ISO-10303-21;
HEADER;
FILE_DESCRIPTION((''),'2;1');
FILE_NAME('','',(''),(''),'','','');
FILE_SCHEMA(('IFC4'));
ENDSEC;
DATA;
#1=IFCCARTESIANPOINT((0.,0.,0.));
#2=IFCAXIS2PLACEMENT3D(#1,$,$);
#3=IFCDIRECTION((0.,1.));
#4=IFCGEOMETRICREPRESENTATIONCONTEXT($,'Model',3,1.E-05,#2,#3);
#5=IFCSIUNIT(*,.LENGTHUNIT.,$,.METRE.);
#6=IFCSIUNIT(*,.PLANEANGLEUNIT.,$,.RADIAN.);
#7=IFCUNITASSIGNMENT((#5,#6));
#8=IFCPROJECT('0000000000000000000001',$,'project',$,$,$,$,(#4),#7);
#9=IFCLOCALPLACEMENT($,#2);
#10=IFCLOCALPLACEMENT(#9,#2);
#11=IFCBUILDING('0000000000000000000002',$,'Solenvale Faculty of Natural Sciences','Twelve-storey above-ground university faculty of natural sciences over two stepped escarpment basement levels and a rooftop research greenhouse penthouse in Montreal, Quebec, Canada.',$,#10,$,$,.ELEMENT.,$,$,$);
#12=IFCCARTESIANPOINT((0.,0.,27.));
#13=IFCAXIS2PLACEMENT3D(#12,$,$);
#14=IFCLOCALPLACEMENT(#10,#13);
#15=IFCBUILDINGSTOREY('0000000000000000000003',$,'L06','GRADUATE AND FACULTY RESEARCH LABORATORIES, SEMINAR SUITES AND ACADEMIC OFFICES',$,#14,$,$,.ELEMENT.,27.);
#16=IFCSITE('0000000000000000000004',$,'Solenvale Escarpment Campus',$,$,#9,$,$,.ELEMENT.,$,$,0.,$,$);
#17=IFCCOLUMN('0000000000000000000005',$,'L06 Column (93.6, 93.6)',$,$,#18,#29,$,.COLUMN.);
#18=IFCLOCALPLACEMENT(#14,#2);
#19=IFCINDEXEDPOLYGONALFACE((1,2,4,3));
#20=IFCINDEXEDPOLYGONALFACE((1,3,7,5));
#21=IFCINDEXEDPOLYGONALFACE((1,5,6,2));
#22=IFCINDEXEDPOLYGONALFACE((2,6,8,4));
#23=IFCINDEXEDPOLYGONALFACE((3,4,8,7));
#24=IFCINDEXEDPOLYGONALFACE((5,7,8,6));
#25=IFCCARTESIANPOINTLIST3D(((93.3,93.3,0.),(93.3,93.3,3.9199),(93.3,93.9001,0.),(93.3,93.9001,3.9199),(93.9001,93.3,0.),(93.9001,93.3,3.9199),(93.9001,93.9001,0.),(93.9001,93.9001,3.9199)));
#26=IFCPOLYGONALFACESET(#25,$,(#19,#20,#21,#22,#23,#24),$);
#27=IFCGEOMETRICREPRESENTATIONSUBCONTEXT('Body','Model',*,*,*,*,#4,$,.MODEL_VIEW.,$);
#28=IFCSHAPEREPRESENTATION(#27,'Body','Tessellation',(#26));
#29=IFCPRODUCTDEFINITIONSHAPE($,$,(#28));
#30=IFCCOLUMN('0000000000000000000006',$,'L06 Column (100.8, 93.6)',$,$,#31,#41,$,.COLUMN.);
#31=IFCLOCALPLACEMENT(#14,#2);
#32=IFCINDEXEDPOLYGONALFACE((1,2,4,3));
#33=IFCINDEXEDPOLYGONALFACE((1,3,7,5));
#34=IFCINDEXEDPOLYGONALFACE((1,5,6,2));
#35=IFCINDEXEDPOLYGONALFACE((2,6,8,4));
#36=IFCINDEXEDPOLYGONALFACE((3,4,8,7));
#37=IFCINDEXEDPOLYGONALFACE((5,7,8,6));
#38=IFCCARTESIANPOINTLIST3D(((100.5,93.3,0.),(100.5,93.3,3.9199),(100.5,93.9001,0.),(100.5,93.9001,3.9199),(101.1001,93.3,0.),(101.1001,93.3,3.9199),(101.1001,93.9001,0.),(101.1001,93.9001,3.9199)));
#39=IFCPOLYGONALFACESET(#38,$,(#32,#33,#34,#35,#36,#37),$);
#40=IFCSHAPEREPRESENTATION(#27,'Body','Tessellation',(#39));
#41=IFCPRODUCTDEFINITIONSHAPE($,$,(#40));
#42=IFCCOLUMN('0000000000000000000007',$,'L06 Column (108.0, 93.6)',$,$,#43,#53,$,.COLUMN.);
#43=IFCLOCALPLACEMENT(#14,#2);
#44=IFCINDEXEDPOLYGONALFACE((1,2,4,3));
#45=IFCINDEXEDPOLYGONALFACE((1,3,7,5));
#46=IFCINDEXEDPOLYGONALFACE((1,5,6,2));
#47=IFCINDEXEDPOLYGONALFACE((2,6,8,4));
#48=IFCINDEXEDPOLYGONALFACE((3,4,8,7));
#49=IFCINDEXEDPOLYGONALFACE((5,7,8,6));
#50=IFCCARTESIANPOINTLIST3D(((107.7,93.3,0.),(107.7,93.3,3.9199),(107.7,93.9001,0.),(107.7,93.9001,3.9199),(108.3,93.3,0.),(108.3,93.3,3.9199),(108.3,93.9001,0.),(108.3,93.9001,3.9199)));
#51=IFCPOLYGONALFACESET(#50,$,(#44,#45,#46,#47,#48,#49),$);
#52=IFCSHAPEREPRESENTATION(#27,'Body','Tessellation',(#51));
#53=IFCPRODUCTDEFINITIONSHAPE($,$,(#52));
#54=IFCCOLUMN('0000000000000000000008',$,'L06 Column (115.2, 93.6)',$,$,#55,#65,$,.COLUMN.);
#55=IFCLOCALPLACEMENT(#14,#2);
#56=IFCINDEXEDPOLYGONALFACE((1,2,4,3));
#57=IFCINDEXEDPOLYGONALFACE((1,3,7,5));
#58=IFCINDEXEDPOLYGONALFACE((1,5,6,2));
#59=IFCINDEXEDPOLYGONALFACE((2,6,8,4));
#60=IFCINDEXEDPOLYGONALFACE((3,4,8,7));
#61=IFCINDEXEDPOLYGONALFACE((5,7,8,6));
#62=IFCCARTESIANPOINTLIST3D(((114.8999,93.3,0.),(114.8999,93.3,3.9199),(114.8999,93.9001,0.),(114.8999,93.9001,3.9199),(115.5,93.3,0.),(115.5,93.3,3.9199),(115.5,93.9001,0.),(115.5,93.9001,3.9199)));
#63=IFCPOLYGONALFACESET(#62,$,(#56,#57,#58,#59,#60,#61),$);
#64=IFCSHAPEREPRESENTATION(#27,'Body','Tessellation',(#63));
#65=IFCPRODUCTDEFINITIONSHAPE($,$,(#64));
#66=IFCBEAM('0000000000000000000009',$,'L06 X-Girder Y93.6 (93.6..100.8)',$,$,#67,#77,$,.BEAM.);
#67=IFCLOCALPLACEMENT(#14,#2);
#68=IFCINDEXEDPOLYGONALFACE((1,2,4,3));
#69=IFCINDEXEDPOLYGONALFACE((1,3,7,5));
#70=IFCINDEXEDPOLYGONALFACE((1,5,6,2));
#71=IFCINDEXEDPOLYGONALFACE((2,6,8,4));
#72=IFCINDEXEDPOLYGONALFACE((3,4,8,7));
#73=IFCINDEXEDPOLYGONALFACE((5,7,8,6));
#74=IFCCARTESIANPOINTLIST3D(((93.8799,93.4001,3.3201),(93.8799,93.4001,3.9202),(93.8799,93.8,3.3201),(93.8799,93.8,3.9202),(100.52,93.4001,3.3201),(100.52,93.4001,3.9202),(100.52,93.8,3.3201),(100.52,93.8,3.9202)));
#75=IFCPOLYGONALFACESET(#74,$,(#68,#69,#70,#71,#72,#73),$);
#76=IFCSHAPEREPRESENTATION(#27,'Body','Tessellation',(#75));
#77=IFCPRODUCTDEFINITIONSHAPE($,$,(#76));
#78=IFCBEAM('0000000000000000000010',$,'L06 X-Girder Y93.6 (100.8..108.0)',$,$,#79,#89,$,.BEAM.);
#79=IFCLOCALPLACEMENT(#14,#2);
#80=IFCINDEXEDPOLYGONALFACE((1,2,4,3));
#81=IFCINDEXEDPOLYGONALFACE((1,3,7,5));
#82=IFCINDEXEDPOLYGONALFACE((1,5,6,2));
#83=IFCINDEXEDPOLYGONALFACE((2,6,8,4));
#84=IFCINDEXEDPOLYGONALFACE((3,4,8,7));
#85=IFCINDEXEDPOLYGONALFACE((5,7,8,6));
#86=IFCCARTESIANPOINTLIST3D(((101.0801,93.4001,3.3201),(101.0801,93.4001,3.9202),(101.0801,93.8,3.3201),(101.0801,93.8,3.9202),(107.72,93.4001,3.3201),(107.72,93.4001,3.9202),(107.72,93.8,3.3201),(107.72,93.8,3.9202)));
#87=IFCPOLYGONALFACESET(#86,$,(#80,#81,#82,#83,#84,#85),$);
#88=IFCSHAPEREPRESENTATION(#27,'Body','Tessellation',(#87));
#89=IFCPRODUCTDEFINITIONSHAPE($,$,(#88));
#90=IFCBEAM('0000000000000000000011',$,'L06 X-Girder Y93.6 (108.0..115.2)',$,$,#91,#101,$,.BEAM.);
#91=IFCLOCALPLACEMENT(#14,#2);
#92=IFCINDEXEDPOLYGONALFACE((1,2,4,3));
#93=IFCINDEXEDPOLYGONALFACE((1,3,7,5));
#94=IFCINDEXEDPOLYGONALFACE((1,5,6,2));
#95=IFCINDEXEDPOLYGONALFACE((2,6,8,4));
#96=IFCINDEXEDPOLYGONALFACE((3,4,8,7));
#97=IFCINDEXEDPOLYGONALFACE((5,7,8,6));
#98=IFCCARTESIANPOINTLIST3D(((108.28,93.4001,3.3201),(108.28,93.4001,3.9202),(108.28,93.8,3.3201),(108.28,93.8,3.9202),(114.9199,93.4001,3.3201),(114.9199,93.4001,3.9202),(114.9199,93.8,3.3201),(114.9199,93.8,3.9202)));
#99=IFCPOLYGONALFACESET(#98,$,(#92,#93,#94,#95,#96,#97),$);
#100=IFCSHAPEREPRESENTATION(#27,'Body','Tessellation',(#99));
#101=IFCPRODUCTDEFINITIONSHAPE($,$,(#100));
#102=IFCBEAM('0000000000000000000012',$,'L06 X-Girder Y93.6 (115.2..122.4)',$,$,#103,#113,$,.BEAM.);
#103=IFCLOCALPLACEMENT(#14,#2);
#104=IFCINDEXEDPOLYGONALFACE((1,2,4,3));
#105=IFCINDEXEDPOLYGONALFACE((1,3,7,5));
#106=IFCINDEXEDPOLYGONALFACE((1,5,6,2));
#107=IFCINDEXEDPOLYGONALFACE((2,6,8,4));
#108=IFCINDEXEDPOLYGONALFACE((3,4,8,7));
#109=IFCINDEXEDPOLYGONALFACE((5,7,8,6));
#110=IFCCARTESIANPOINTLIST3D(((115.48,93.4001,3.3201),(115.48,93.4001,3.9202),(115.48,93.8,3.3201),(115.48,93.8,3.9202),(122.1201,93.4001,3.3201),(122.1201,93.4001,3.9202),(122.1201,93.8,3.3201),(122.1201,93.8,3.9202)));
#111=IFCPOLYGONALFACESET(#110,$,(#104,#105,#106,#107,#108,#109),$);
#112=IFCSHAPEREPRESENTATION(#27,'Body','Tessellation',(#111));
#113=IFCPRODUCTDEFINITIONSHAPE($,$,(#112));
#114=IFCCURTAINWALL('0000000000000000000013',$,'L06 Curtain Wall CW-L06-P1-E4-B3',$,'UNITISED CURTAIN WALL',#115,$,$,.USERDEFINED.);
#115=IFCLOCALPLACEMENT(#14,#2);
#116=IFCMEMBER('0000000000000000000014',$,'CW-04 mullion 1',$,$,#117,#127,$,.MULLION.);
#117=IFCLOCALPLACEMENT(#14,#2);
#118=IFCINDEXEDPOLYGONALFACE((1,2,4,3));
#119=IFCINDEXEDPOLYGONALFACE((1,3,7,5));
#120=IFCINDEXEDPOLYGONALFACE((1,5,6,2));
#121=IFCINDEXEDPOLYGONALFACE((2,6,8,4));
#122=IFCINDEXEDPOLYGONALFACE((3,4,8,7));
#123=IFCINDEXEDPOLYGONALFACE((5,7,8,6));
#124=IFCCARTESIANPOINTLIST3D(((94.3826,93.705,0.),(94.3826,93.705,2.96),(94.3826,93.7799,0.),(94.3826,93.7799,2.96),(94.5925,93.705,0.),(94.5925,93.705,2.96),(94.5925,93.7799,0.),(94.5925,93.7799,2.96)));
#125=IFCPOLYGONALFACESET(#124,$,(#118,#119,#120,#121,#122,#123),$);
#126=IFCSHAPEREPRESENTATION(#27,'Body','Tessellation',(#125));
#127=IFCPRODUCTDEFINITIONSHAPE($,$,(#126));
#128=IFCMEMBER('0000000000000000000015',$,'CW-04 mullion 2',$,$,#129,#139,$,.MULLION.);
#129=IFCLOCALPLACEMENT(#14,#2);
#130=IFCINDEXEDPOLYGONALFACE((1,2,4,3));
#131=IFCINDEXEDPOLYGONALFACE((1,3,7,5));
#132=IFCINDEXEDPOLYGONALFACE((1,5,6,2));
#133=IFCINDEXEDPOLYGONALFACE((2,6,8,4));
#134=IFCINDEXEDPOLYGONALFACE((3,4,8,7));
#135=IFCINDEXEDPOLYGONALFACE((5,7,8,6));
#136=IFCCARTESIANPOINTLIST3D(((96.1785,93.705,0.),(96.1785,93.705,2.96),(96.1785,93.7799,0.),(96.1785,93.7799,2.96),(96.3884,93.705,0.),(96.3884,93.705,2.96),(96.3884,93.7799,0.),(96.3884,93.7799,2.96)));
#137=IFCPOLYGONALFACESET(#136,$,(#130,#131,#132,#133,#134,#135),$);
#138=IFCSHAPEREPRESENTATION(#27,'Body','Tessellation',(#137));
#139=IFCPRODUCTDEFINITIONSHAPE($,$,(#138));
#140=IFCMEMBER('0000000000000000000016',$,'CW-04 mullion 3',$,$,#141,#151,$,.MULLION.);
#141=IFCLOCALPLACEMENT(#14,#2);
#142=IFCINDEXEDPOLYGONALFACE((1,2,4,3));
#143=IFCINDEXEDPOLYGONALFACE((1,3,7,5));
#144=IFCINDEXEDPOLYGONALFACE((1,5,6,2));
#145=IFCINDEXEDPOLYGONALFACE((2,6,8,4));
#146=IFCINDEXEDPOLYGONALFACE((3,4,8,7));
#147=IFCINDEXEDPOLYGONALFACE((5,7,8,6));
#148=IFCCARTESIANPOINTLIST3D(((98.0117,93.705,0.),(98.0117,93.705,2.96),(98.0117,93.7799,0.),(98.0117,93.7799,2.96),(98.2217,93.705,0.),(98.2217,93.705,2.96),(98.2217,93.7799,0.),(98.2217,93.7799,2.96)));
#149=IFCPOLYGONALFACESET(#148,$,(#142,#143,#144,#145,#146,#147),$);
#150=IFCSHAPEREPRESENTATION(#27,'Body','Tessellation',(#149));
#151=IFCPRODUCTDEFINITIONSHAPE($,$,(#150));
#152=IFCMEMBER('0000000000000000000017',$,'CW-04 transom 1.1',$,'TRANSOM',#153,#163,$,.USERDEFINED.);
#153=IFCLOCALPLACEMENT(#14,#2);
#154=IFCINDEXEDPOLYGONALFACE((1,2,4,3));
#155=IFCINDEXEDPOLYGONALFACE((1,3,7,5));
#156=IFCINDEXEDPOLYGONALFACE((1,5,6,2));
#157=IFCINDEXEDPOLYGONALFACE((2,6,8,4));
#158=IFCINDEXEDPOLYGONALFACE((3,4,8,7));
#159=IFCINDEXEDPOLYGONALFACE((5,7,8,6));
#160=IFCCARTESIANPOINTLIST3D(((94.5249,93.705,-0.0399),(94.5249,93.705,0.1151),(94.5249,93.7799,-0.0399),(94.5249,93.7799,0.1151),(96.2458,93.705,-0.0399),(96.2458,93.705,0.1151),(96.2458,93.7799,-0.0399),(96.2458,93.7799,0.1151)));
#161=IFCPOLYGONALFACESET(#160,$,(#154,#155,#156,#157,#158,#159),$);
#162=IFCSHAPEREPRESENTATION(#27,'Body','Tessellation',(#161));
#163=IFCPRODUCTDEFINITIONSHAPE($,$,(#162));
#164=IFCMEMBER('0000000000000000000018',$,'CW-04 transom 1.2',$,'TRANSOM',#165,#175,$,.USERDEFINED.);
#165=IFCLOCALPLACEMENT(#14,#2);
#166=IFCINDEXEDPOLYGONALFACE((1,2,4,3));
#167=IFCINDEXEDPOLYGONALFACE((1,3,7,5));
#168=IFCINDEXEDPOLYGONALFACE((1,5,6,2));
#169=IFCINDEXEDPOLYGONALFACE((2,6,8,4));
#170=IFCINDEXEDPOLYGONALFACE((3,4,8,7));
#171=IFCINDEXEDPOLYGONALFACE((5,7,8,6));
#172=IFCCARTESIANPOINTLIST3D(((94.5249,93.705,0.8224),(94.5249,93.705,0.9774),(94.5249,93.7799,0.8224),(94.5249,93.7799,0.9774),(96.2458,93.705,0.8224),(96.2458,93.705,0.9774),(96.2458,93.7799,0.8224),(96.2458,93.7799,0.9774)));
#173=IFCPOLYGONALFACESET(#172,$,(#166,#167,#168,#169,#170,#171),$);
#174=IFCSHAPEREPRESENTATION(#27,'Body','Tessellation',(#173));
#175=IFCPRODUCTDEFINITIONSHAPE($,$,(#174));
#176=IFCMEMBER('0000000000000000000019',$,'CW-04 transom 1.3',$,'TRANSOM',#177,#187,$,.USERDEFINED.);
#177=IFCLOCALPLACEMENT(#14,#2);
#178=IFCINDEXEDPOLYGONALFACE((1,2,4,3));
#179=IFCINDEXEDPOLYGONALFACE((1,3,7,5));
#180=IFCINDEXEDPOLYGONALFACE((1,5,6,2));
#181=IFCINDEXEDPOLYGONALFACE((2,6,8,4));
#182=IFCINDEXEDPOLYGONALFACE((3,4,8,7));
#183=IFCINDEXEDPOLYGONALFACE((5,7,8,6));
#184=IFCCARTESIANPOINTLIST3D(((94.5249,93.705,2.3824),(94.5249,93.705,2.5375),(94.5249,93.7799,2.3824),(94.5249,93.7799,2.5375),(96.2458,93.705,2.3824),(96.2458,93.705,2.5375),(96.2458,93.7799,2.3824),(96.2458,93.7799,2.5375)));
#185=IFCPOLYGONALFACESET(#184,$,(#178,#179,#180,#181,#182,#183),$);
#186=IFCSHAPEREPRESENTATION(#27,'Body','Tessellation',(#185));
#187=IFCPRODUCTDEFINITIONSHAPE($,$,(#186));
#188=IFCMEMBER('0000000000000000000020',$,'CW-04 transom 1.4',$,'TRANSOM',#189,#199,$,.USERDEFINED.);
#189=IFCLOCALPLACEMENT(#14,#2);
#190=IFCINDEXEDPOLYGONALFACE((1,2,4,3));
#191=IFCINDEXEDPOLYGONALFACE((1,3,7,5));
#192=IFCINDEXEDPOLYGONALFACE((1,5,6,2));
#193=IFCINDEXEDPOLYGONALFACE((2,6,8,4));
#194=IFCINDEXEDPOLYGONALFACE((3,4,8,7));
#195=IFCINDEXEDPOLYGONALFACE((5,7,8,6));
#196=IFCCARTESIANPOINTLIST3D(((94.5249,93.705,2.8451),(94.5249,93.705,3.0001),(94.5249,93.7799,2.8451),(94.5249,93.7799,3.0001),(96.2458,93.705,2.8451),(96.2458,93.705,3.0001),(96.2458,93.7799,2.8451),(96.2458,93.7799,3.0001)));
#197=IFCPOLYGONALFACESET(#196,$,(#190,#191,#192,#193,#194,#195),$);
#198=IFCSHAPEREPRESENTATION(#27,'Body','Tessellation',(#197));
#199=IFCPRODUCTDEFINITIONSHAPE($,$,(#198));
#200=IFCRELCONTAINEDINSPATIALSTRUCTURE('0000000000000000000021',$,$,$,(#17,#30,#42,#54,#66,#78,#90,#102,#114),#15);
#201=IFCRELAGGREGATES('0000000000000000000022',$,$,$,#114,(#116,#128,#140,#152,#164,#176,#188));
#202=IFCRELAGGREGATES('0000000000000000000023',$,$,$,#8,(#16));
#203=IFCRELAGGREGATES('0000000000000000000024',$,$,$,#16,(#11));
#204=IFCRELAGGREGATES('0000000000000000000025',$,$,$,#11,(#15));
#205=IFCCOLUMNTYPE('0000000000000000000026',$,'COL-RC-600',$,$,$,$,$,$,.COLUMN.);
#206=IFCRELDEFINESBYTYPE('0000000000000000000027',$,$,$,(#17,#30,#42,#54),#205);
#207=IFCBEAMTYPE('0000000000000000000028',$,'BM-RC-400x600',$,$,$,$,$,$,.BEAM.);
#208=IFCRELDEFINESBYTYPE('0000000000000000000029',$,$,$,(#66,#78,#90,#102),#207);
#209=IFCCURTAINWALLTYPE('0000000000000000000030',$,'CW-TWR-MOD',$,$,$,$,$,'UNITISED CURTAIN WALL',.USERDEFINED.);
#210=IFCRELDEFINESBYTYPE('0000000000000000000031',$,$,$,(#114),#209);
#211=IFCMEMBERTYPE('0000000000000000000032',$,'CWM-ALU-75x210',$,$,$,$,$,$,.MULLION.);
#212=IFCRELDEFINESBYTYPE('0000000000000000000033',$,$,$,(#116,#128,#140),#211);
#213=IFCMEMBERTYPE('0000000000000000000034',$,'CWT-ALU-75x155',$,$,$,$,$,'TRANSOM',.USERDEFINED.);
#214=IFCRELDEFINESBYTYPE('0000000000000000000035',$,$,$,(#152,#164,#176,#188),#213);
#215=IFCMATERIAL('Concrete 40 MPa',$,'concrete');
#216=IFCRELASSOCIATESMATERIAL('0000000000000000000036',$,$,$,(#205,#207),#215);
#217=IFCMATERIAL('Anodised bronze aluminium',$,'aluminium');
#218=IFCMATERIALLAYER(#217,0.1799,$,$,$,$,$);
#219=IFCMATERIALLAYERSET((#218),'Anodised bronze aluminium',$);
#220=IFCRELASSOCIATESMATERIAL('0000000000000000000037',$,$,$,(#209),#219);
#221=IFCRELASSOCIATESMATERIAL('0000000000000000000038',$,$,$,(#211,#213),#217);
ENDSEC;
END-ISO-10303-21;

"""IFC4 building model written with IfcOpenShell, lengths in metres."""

from ifc_helpers import new_model, si_unit, direction, frame, origin, origin_2d, place, context, subcontext, project, spatial, rectangle, extrude, material, layer, layer_set, material_profile, profile_set, type_object, element, aggregate, save


model = new_model("IFC4")

# Units and contexts
model_context = context("Model", 3, precision=1e-05, world=origin(), true_north=direction((0.0, 1.0)))
body_context = subcontext(model_context, "Body", "Model", "MODEL_VIEW")
ifc_project = project(units=[si_unit("LENGTHUNIT", "METRE"), si_unit("PLANEANGLEUNIT", "RADIAN")], contexts=[model_context])

# Site, building, storey
site_placement = place(None, origin())
site = spatial("IfcSite", under=ifc_project, at=site_placement, Name="Solenvale Escarpment Campus", CompositionType="ELEMENT", RefElevation=0.0)
building_placement = place(site_placement, origin())
building = spatial("IfcBuilding", under=site, at=building_placement, Name="Solenvale Faculty of Natural Sciences", Description="Twelve-storey above-ground university faculty of natural sciences over two stepped escarpment basement levels and a rooftop research greenhouse penthouse in Montreal, Quebec, Canada.", CompositionType="ELEMENT")
storey_placement = place(building_placement, frame((0.0, 0.0, 27.0)))
storey = spatial("IfcBuildingStorey", under=building, at=storey_placement, Name="L06", Description="GRADUATE AND FACULTY RESEARCH LABORATORIES, SEMINAR SUITES AND ACADEMIC OFFICES", CompositionType="ELEMENT", Elevation=27.0)

# Columns
ifc_material_1 = material(Name="Concrete 40 MPa", Category="concrete")
ifc_material_profile_1 = material_profile(ifc_material_1, rectangle(XDim=0.6001, YDim=0.6001, at=origin_2d()), Name="RC-COL-600x600")
ifc_profile_set_1 = profile_set([ifc_material_profile_1], Name="Concrete 40 MPa")
column_type = type_object("IfcColumnType", Name="COL-RC-600", PredefinedType="COLUMN", material=ifc_profile_set_1)
for number, where, z_axis, x_axis, name in (
    (1, (93.6001, 93.6001, 0.0), (0.0, 0.0, 1.0), (1.0, 0.0, 0.0), "L06 Column (93.6, 93.6)"),
    (2, (100.8, 93.6001, 0.0), (0.0, 0.0, 1.0), (1.0, 0.0, 0.0), "L06 Column (100.8, 93.6)"),
    (3, (108.0, 93.6001, 0.0), (0.0, 0.0, 1.0), (1.0, 0.0, 0.0), "L06 Column (108.0, 93.6)"),
    (4, (115.2, 93.6001, 0.0), (0.0, 0.0, 1.0), (1.0, 0.0, 0.0), "L06 Column (115.2, 93.6)"),
):
    element("IfcColumn", number, at=place(storey_placement, frame(where, z_axis=z_axis, x_axis=x_axis)), inside=storey, type_object=column_type, Name=name, PredefinedType="COLUMN", context=body_context, shape_type="SweptSolid", body=[
        extrude(rectangle(XDim=0.6001, YDim=0.6001, at=origin_2d()), origin(), (0.0, 0.0, 1.0), 3.9199),
    ])

# Beams
ifc_material_profile_2 = material_profile(ifc_material_1, rectangle(XDim=0.3999, YDim=0.6001, at=origin_2d()), Name="RC-BM-400x600")
ifc_profile_set_2 = profile_set([ifc_material_profile_2], Name="Concrete 40 MPa")
beam_type = type_object("IfcBeamType", Name="BM-RC-400x600", PredefinedType="BEAM", material=ifc_profile_set_2)
beam_1_placement = place(storey_placement, frame((93.8799, 93.6001, 3.6201), z_axis=(1.0, 0.0, 0.0), x_axis=(0.0, 1.0, 0.0)))
element("IfcBeam", 5, at=beam_1_placement, inside=storey, type_object=beam_type, Name="L06 X-Girder Y93.6 (93.6..100.8)", PredefinedType="BEAM", context=body_context, shape_type="SweptSolid", body=[
    extrude(rectangle(XDim=0.3999, YDim=0.6001, at=origin_2d()), origin(), (0.0, 0.0, 1.0), 6.6401),
])
for number, where, z_axis, x_axis, name in (
    (6, (101.0801, 93.6001, 3.6201), (1.0, 0.0, 0.0), (0.0, 1.0, 0.0), "L06 X-Girder Y93.6 (100.8..108.0)"),
    (7, (108.28, 93.6001, 3.6201), (1.0, 0.0, 0.0), (0.0, 1.0, 0.0), "L06 X-Girder Y93.6 (108.0..115.2)"),
):
    element("IfcBeam", number, at=place(storey_placement, frame(where, z_axis=z_axis, x_axis=x_axis)), inside=storey, type_object=beam_type, Name=name, PredefinedType="BEAM", context=body_context, shape_type="SweptSolid", body=[
        extrude(rectangle(XDim=0.3999, YDim=0.6001, at=origin_2d()), origin(), (0.0, 0.0, 1.0), 6.6399),
    ])
beam_2_placement = place(storey_placement, frame((115.48, 93.6001, 3.6201), z_axis=(1.0, 0.0, 0.0), x_axis=(0.0, 1.0, 0.0)))
element("IfcBeam", 8, at=beam_2_placement, inside=storey, type_object=beam_type, Name="L06 X-Girder Y93.6 (115.2..122.4)", PredefinedType="BEAM", context=body_context, shape_type="SweptSolid", body=[
    extrude(rectangle(XDim=0.3999, YDim=0.6001, at=origin_2d()), origin(), (0.0, 0.0, 1.0), 6.6401),
])

# Curtain wall, members
ifc_material_2 = material(Name="Anodised bronze aluminium", Category="aluminium")
ifc_layer_1 = layer(ifc_material_2, 0.1799)
ifc_layer_set_1 = layer_set([ifc_layer_1], Name="Anodised bronze aluminium")
curtain_wall_type = type_object("IfcCurtainWallType", Name="CW-TWR-MOD", ElementType="UNITISED CURTAIN WALL", PredefinedType="USERDEFINED", material=ifc_layer_set_1)
curtain_wall_placement = place(storey_placement, origin())
curtain_wall = element("IfcCurtainWall", 9, at=curtain_wall_placement, inside=storey, type_object=curtain_wall_type, Name="L06 Curtain Wall CW-L06-P1-E4-B3", ObjectType="UNITISED CURTAIN WALL", PredefinedType="USERDEFINED")
ifc_material_profile_3 = material_profile(ifc_material_2, rectangle(XDim=0.075, YDim=0.21, at=origin_2d()), Name="ALU-MUL-75x210")
ifc_profile_set_3 = profile_set([ifc_material_profile_3], Name="Anodised bronze aluminium")
member_type_1 = type_object("IfcMemberType", Name="CWM-ALU-75x210", PredefinedType="MULLION", material=ifc_profile_set_3)
member_1_placement = place(storey_placement, frame((94.4875, 93.7424, 0.0), z_axis=(0.0, 0.0, 1.0), x_axis=(0.0, 1.0, 0.0)))
member_1 = element("IfcMember", 10, at=member_1_placement, type_object=member_type_1, Name="CW-04 mullion 1", PredefinedType="MULLION", context=body_context, shape_type="SweptSolid", body=[
    extrude(rectangle(XDim=0.075, YDim=0.21, at=origin_2d()), origin(), (0.0, 0.0, 1.0), 2.96),
])
member_2_placement = place(storey_placement, frame((96.2834, 93.7424, 0.0), z_axis=(0.0, 0.0, 1.0), x_axis=(0.0, 1.0, 0.0)))
member_2 = element("IfcMember", 11, at=member_2_placement, type_object=member_type_1, Name="CW-04 mullion 2", PredefinedType="MULLION", context=body_context, shape_type="SweptSolid", body=[
    extrude(rectangle(XDim=0.075, YDim=0.21, at=origin_2d()), origin(), (0.0, 0.0, 1.0), 2.96),
])
member_3_placement = place(storey_placement, frame((98.1167, 93.7424, 0.0), z_axis=(0.0, 0.0, 1.0), x_axis=(0.0, 1.0, 0.0)))
member_3 = element("IfcMember", 12, at=member_3_placement, type_object=member_type_1, Name="CW-04 mullion 3", PredefinedType="MULLION", context=body_context, shape_type="SweptSolid", body=[
    extrude(rectangle(XDim=0.075, YDim=0.21, at=origin_2d()), origin(), (0.0, 0.0, 1.0), 2.96),
])
ifc_material_profile_4 = material_profile(ifc_material_2, rectangle(XDim=0.075, YDim=0.155, at=origin_2d()), Name="ALU-TRN-75x155")
ifc_profile_set_4 = profile_set([ifc_material_profile_4], Name="Anodised bronze aluminium")
member_type_2 = type_object("IfcMemberType", Name="CWT-ALU-75x155", ElementType="TRANSOM", PredefinedType="USERDEFINED", material=ifc_profile_set_4)
member_4_placement = place(storey_placement, frame((94.5249, 93.7424, 0.0376), z_axis=(1.0, 0.0, 0.0), x_axis=(0.0, 1.0, 0.0)))
member_4 = element("IfcMember", 13, at=member_4_placement, type_object=member_type_2, Name="CW-04 transom 1.1", ObjectType="TRANSOM", PredefinedType="USERDEFINED", context=body_context, shape_type="SweptSolid", body=[
    extrude(rectangle(XDim=0.075, YDim=0.155, at=origin_2d()), origin(), (0.0, 0.0, 1.0), 1.7209),
])
member_5_placement = place(storey_placement, frame((94.5249, 93.7424, 0.8999), z_axis=(1.0, 0.0, 0.0), x_axis=(0.0, 1.0, 0.0)))
member_5 = element("IfcMember", 14, at=member_5_placement, type_object=member_type_2, Name="CW-04 transom 1.2", ObjectType="TRANSOM", PredefinedType="USERDEFINED", context=body_context, shape_type="SweptSolid", body=[
    extrude(rectangle(XDim=0.075, YDim=0.155, at=origin_2d()), origin(), (0.0, 0.0, 1.0), 1.7209),
])
member_6_placement = place(storey_placement, frame((94.5249, 93.7424, 2.46), z_axis=(1.0, 0.0, 0.0), x_axis=(0.0, 1.0, 0.0)))
member_6 = element("IfcMember", 15, at=member_6_placement, type_object=member_type_2, Name="CW-04 transom 1.3", ObjectType="TRANSOM", PredefinedType="USERDEFINED", context=body_context, shape_type="SweptSolid", body=[
    extrude(rectangle(XDim=0.075, YDim=0.155, at=origin_2d()), origin(), (0.0, 0.0, 1.0), 1.7209),
])
member_7_placement = place(storey_placement, frame((94.5249, 93.7424, 2.9226), z_axis=(1.0, 0.0, 0.0), x_axis=(0.0, 1.0, 0.0)))
member_7 = element("IfcMember", 16, at=member_7_placement, type_object=member_type_2, Name="CW-04 transom 1.4", ObjectType="TRANSOM", PredefinedType="USERDEFINED", context=body_context, shape_type="SweptSolid", body=[
    extrude(rectangle(XDim=0.075, YDim=0.155, at=origin_2d()), origin(), (0.0, 0.0, 1.0), 1.7209),
])
aggregate(curtain_wall, [member_1, member_2, member_3, member_4, member_5, member_6, member_7])

save(model, "model.ifc")
